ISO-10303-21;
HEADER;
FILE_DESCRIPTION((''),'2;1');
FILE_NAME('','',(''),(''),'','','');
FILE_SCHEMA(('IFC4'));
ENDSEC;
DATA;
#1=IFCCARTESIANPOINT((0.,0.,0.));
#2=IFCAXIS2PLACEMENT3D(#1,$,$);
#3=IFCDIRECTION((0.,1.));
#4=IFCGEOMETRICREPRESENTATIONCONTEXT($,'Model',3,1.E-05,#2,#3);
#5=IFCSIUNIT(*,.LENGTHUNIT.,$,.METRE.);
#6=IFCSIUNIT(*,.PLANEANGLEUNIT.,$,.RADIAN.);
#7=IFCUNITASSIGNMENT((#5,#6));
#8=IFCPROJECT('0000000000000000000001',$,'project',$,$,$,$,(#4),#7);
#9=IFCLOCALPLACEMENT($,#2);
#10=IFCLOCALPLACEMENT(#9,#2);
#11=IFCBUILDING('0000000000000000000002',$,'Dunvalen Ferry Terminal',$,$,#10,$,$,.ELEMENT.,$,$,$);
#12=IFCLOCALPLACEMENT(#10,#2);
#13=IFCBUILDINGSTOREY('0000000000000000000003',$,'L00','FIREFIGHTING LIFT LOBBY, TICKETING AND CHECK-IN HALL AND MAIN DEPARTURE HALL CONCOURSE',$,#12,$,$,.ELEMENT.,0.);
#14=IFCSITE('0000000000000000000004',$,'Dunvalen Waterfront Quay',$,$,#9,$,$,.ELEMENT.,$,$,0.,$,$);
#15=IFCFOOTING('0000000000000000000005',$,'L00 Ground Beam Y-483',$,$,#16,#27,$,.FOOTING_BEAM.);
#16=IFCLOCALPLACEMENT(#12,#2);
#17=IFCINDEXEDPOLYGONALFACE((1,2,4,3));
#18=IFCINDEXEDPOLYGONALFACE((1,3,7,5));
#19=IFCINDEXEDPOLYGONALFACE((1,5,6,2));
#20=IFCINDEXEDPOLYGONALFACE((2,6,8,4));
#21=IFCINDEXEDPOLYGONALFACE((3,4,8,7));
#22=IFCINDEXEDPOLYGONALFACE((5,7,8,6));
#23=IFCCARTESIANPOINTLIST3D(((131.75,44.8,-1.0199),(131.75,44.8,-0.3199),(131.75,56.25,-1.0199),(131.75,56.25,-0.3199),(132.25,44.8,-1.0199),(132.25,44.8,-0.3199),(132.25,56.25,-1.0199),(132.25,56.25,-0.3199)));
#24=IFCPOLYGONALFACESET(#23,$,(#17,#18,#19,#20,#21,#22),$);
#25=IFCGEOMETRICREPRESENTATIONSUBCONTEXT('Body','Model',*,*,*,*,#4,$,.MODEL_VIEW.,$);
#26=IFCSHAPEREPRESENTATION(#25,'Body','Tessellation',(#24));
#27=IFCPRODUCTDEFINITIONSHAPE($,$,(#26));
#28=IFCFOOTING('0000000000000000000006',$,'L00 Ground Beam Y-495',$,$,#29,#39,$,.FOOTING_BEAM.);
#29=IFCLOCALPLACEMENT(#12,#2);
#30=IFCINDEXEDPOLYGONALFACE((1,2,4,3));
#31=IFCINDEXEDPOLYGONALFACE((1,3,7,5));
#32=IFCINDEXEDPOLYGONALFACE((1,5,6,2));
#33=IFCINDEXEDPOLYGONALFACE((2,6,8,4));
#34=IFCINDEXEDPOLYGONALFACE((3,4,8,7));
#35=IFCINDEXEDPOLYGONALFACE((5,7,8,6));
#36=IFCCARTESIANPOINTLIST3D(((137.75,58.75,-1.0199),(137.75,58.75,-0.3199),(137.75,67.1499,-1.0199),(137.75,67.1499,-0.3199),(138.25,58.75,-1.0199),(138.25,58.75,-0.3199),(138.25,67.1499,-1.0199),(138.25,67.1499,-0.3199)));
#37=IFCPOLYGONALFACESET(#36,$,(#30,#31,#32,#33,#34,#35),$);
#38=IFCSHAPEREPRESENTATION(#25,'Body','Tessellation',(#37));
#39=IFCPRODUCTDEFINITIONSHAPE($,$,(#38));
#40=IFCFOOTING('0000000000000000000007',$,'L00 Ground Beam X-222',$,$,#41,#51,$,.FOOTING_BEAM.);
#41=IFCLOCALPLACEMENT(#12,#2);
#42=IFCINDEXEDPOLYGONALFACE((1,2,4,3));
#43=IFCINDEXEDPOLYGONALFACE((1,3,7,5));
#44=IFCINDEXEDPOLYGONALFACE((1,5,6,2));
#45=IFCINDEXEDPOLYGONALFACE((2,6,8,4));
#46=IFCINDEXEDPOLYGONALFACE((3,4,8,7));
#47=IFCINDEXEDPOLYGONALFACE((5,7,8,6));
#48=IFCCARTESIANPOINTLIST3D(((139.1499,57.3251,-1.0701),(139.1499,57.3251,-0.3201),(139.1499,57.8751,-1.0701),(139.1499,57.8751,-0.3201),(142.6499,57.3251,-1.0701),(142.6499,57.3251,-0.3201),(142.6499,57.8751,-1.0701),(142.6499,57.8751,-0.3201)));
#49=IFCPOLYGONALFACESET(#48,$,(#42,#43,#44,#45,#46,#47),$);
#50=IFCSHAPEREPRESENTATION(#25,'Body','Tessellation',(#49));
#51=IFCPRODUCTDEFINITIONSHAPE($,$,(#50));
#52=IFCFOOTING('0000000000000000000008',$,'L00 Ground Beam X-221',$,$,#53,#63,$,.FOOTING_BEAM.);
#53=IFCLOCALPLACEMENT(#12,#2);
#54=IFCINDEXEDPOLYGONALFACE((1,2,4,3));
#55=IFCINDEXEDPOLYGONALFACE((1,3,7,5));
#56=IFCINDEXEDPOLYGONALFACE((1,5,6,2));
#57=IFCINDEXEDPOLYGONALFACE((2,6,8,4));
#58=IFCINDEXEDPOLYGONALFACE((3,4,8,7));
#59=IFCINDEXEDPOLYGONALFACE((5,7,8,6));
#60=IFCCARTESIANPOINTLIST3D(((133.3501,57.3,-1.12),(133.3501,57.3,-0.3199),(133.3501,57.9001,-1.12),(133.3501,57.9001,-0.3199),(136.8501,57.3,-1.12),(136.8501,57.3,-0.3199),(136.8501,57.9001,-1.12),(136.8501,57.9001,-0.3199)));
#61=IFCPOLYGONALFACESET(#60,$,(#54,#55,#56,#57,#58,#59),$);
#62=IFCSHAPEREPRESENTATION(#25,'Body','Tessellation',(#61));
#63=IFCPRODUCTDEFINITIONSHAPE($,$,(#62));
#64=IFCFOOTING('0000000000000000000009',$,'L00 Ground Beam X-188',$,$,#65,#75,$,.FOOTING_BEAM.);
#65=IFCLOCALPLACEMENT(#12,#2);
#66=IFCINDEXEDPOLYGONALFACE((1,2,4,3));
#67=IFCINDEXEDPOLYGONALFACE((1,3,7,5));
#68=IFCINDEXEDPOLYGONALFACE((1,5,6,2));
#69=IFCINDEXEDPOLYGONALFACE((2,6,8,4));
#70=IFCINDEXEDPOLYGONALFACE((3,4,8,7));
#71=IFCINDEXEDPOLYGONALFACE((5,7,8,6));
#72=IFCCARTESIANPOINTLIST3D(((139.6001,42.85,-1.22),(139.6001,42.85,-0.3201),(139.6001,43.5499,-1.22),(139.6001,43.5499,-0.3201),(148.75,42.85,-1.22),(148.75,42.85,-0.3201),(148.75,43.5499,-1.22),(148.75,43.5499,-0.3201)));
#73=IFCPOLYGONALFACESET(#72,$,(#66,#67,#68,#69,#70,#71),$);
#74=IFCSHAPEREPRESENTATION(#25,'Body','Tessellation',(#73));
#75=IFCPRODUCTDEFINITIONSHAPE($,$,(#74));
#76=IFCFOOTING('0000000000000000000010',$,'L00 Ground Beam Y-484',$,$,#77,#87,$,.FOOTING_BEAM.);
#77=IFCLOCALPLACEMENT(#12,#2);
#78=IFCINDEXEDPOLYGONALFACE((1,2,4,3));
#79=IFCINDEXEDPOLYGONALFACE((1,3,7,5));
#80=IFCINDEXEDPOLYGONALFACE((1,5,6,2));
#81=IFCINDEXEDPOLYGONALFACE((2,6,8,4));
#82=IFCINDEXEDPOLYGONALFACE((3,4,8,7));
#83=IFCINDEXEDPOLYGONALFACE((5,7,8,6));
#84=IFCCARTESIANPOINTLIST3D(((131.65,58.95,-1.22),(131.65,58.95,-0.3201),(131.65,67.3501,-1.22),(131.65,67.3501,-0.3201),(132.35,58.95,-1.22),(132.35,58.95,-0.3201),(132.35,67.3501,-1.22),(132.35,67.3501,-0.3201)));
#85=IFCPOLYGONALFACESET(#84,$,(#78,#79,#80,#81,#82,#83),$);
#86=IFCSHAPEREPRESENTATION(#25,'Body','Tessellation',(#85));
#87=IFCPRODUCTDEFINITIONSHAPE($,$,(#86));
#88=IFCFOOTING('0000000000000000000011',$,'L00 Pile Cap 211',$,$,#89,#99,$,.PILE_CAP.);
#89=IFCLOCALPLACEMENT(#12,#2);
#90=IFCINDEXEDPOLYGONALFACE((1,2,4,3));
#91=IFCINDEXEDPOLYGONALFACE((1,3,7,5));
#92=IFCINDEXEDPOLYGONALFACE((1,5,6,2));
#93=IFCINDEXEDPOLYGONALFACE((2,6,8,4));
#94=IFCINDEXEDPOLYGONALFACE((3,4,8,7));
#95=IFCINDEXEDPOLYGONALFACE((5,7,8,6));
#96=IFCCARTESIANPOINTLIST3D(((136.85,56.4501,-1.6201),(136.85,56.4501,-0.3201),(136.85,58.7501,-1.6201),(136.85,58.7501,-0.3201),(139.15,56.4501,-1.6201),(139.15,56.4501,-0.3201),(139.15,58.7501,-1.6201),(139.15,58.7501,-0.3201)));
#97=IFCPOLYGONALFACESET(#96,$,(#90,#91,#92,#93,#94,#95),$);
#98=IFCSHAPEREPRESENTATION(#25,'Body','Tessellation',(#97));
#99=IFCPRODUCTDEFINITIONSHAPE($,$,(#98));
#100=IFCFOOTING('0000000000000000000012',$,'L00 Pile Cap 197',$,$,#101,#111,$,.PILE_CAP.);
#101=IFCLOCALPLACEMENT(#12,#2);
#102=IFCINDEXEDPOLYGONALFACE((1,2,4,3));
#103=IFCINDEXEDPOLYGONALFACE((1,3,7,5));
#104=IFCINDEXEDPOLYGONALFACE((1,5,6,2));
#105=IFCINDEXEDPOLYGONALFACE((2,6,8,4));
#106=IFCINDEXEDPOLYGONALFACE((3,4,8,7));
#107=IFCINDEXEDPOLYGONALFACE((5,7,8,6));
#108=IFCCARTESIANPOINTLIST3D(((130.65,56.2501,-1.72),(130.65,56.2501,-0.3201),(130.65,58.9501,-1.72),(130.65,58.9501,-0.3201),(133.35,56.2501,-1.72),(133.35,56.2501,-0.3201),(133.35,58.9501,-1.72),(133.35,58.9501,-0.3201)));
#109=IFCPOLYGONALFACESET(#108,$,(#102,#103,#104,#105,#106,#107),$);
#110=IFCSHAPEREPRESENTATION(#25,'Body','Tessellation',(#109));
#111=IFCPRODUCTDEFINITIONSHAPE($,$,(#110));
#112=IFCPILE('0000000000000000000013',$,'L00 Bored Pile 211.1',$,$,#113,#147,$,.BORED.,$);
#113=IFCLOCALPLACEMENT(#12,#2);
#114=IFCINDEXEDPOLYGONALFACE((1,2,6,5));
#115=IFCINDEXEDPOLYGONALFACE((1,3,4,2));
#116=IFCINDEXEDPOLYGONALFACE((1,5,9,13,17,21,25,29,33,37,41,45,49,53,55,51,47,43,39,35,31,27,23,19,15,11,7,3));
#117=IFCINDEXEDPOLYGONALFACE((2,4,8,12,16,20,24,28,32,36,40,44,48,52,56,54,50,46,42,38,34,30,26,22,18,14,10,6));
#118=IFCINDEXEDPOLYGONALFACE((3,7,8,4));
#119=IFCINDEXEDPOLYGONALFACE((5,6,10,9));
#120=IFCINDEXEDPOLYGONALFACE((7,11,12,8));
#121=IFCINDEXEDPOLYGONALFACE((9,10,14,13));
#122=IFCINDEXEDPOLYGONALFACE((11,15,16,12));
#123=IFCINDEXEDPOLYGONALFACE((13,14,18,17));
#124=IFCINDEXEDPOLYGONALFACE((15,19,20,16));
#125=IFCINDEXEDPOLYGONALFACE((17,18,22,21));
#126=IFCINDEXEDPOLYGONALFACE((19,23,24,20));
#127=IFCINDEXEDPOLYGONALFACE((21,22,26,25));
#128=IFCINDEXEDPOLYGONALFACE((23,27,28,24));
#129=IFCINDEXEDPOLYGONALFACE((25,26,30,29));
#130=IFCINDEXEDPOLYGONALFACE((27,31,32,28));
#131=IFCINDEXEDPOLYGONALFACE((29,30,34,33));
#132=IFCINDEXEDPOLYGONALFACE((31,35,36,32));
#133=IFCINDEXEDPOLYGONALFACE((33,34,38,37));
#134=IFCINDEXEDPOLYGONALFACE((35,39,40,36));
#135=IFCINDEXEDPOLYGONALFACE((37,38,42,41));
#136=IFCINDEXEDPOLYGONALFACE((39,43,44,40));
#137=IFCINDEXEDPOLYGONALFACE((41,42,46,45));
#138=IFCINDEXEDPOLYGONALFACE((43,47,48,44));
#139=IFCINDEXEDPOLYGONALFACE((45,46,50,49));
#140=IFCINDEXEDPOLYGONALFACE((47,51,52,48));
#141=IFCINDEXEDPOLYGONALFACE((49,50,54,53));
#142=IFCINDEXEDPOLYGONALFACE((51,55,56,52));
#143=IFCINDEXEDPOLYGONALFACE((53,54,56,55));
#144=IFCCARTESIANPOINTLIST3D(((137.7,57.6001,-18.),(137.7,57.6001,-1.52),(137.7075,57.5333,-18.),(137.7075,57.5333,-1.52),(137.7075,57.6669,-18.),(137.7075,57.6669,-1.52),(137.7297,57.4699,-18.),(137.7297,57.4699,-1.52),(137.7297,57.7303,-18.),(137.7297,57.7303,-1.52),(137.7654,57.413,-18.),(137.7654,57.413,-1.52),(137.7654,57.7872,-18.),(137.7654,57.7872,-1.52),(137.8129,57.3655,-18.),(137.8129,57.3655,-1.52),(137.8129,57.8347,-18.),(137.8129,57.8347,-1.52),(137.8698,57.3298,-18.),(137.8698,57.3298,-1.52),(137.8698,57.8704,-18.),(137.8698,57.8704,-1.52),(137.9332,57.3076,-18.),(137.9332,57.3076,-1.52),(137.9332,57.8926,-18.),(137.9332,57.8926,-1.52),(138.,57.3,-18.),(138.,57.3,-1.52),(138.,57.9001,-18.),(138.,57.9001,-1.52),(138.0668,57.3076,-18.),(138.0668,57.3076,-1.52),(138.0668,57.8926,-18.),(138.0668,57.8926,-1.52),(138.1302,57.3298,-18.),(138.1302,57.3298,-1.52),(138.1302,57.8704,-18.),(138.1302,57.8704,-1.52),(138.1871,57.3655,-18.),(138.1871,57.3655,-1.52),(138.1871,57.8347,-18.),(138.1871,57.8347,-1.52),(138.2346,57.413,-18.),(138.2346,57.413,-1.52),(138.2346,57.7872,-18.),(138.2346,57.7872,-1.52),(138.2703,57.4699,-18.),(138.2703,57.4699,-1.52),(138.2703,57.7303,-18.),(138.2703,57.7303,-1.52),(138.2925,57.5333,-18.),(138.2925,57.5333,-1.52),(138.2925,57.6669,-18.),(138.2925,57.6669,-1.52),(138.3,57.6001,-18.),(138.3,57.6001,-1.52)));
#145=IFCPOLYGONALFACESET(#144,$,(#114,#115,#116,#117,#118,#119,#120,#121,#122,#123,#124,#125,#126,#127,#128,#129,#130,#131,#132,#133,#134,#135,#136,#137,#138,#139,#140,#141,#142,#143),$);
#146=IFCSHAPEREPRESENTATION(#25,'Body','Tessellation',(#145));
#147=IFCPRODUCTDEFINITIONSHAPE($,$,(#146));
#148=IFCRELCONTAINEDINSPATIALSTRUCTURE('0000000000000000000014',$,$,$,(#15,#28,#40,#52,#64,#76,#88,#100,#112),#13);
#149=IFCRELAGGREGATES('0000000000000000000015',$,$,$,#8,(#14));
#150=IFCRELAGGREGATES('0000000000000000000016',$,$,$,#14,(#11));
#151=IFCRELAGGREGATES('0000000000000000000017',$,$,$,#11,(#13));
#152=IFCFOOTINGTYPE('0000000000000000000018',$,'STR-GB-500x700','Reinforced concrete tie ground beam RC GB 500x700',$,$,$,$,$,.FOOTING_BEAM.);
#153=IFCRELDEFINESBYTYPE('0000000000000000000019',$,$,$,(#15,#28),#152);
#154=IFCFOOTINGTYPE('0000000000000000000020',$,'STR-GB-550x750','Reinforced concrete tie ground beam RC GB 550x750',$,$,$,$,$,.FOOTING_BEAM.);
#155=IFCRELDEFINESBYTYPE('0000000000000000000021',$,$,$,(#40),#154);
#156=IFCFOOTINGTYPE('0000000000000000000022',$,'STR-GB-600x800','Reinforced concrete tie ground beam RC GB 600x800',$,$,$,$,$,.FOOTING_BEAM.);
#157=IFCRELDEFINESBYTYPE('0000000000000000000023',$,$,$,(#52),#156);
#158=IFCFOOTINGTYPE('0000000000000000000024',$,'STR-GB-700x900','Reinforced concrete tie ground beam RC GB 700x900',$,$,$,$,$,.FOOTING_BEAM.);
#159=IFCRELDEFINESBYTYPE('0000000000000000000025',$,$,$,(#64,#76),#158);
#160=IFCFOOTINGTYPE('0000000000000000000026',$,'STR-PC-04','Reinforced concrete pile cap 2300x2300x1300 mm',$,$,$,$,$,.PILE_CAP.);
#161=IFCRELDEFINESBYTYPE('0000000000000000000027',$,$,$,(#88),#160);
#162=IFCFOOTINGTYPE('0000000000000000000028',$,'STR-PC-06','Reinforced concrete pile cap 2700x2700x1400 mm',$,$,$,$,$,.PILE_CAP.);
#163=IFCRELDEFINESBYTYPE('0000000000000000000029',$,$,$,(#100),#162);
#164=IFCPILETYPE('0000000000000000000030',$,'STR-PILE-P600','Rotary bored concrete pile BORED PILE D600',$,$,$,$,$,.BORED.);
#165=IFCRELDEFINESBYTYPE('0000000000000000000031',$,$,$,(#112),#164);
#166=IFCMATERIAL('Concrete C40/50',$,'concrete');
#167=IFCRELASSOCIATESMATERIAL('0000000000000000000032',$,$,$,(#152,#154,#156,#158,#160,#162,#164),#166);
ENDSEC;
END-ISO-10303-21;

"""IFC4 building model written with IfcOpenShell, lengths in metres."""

from ifc_helpers import new_model, si_unit, direction, frame, origin, origin_2d, place, context, subcontext, project, spatial, rectangle, circle, extrude, material, material_profile, profile_set, type_object, element, save


model = new_model("IFC4")

# Units and contexts
model_context = context("Model", 3, precision=1e-05, world=origin(), true_north=direction((0.0, 1.0)))
body_context = subcontext(model_context, "Body", "Model", "MODEL_VIEW")
ifc_project = project(units=[si_unit("LENGTHUNIT", "METRE"), si_unit("PLANEANGLEUNIT", "RADIAN")], contexts=[model_context])

# Site, building, storey
site_placement = place(None, origin())
site = spatial("IfcSite", under=ifc_project, at=site_placement, Name="Dunvalen Waterfront Quay", CompositionType="ELEMENT", RefElevation=0.0)
building_placement = place(site_placement, origin())
building = spatial("IfcBuilding", under=site, at=building_placement, Name="Dunvalen Ferry Terminal", CompositionType="ELEMENT")
storey_placement = place(building_placement, origin())
storey = spatial("IfcBuildingStorey", under=building, at=storey_placement, Name="L00", Description="FIREFIGHTING LIFT LOBBY, TICKETING AND CHECK-IN HALL AND MAIN DEPARTURE HALL CONCOURSE", CompositionType="ELEMENT", Elevation=0.0)

# Footings
ifc_material_1 = material(Name="Concrete C40/50", Category="concrete")
ifc_material_profile_1 = material_profile(ifc_material_1, rectangle(XDim=0.5, YDim=0.7, at=origin_2d()), Name="Concrete C40/50")
ifc_profile_set_1 = profile_set([ifc_material_profile_1], Name="Concrete C40/50")
footing_type_1 = type_object("IfcFootingType", Name="STR-GB-500x700", Description="Reinforced concrete tie ground beam RC GB 500x700", PredefinedType="FOOTING_BEAM", material=ifc_profile_set_1)
footing_1_placement = place(storey_placement, frame((132.0, 44.8, -0.6699), z_axis=(0.0, 1.0, 0.0), x_axis=(-1.0, 0.0, 0.0)))
element("IfcFooting", 1, at=footing_1_placement, inside=storey, type_object=footing_type_1, Name="L00 Ground Beam Y-483", PredefinedType="FOOTING_BEAM", context=body_context, shape_type="SweptSolid", body=[
    extrude(rectangle(XDim=0.5, YDim=0.7, at=origin_2d()), origin(), (0.0, 0.0, 1.0), 11.45),
])
footing_2_placement = place(storey_placement, frame((138.0, 58.75, -0.6699), z_axis=(0.0, 1.0, 0.0), x_axis=(-1.0, 0.0, 0.0)))
element("IfcFooting", 2, at=footing_2_placement, inside=storey, type_object=footing_type_1, Name="L00 Ground Beam Y-495", PredefinedType="FOOTING_BEAM", context=body_context, shape_type="SweptSolid", body=[
    extrude(rectangle(XDim=0.5, YDim=0.7, at=origin_2d()), origin(), (0.0, 0.0, 1.0), 8.3999),
])
ifc_material_profile_2 = material_profile(ifc_material_1, rectangle(XDim=0.55, YDim=0.75, at=origin_2d()), Name="Concrete C40/50")
ifc_profile_set_2 = profile_set([ifc_material_profile_2], Name="Concrete C40/50")
footing_type_2 = type_object("IfcFootingType", Name="STR-GB-550x750", Description="Reinforced concrete tie ground beam RC GB 550x750", PredefinedType="FOOTING_BEAM", material=ifc_profile_set_2)
footing_3_placement = place(storey_placement, frame((139.1499, 57.6001, -0.6951), z_axis=(1.0, 0.0, 0.0), x_axis=(0.0, 1.0, 0.0)))
element("IfcFooting", 3, at=footing_3_placement, inside=storey, type_object=footing_type_2, Name="L00 Ground Beam X-222", PredefinedType="FOOTING_BEAM", context=body_context, shape_type="SweptSolid", body=[
    extrude(rectangle(XDim=0.55, YDim=0.75, at=origin_2d()), origin(), (0.0, 0.0, 1.0), 3.5),
])
ifc_material_profile_3 = material_profile(ifc_material_1, rectangle(XDim=0.6001, YDim=0.8, at=origin_2d()), Name="Concrete C40/50")
ifc_profile_set_3 = profile_set([ifc_material_profile_3], Name="Concrete C40/50")
footing_type_3 = type_object("IfcFootingType", Name="STR-GB-600x800", Description="Reinforced concrete tie ground beam RC GB 600x800", PredefinedType="FOOTING_BEAM", material=ifc_profile_set_3)
footing_4_placement = place(storey_placement, frame((133.3501, 57.6001, -0.72), z_axis=(1.0, 0.0, 0.0), x_axis=(0.0, 1.0, 0.0)))
element("IfcFooting", 4, at=footing_4_placement, inside=storey, type_object=footing_type_3, Name="L00 Ground Beam X-221", PredefinedType="FOOTING_BEAM", context=body_context, shape_type="SweptSolid", body=[
    extrude(rectangle(XDim=0.6001, YDim=0.8, at=origin_2d()), origin(), (0.0, 0.0, 1.0), 3.5),
])
ifc_material_profile_4 = material_profile(ifc_material_1, rectangle(XDim=0.7, YDim=0.8999, at=origin_2d()), Name="Concrete C40/50")
ifc_profile_set_4 = profile_set([ifc_material_profile_4], Name="Concrete C40/50")
footing_type_4 = type_object("IfcFootingType", Name="STR-GB-700x900", Description="Reinforced concrete tie ground beam RC GB 700x900", PredefinedType="FOOTING_BEAM", material=ifc_profile_set_4)
footing_5_placement = place(storey_placement, frame((139.6001, 43.2, -0.77), z_axis=(1.0, 0.0, 0.0), x_axis=(0.0, 1.0, 0.0)))
element("IfcFooting", 5, at=footing_5_placement, inside=storey, type_object=footing_type_4, Name="L00 Ground Beam X-188", PredefinedType="FOOTING_BEAM", context=body_context, shape_type="SweptSolid", body=[
    extrude(rectangle(XDim=0.7, YDim=0.8999, at=origin_2d()), origin(), (0.0, 0.0, 1.0), 9.1499),
])
footing_6_placement = place(storey_placement, frame((132.0, 58.95, -0.77), z_axis=(0.0, 1.0, 0.0), x_axis=(-1.0, 0.0, 0.0)))
element("IfcFooting", 6, at=footing_6_placement, inside=storey, type_object=footing_type_4, Name="L00 Ground Beam Y-484", PredefinedType="FOOTING_BEAM", context=body_context, shape_type="SweptSolid", body=[
    extrude(rectangle(XDim=0.7, YDim=0.8999, at=origin_2d()), origin(), (0.0, 0.0, 1.0), 8.4001),
])
footing_type_5 = type_object("IfcFootingType", Name="STR-PC-04", Description="Reinforced concrete pile cap 2300x2300x1300 mm", PredefinedType="PILE_CAP", material=ifc_material_1)
footing_7_placement = place(storey_placement, frame((138.0, 57.6001, -1.6201), z_axis=(0.0, 0.0, 1.0), x_axis=(1.0, 0.0, 0.0)))
element("IfcFooting", 7, at=footing_7_placement, inside=storey, type_object=footing_type_5, Name="L00 Pile Cap 211", PredefinedType="PILE_CAP", context=body_context, shape_type="SweptSolid", body=[
    extrude(rectangle(XDim=2.3, YDim=2.3, at=origin_2d()), origin(), (0.0, 0.0, 1.0), 1.3),
])
footing_type_6 = type_object("IfcFootingType", Name="STR-PC-06", Description="Reinforced concrete pile cap 2700x2700x1400 mm", PredefinedType="PILE_CAP", material=ifc_material_1)
footing_8_placement = place(storey_placement, frame((132.0, 57.6001, -1.72), z_axis=(0.0, 0.0, 1.0), x_axis=(1.0, 0.0, 0.0)))
element("IfcFooting", 8, at=footing_8_placement, inside=storey, type_object=footing_type_6, Name="L00 Pile Cap 197", PredefinedType="PILE_CAP", context=body_context, shape_type="SweptSolid", body=[
    extrude(rectangle(XDim=2.7, YDim=2.7, at=origin_2d()), origin(), (0.0, 0.0, 1.0), 1.3999),
])

# Pile
ifc_material_profile_5 = material_profile(ifc_material_1, circle(Radius=0.3, at=origin_2d()), Name="Concrete C40/50")
ifc_profile_set_5 = profile_set([ifc_material_profile_5], Name="Concrete C40/50")
pile_type_1 = type_object("IfcPileType", Name="STR-PILE-P600", Description="Rotary bored concrete pile BORED PILE D600", PredefinedType="BORED", material=ifc_profile_set_5)
pile_1_placement = place(storey_placement, frame((138.0, 57.6001, -1.52), z_axis=(0.0, 0.0, -1.0), x_axis=(1.0, 0.0, 0.0)))
element("IfcPile", 9, at=pile_1_placement, inside=storey, type_object=pile_type_1, Name="L00 Bored Pile 211.1", PredefinedType="BORED", context=body_context, shape_type="SweptSolid", body=[
    extrude(circle(Radius=0.3, at=origin_2d()), origin(), (0.0, 0.0, 1.0), 16.48),
])

save(model, "model.ifc")
